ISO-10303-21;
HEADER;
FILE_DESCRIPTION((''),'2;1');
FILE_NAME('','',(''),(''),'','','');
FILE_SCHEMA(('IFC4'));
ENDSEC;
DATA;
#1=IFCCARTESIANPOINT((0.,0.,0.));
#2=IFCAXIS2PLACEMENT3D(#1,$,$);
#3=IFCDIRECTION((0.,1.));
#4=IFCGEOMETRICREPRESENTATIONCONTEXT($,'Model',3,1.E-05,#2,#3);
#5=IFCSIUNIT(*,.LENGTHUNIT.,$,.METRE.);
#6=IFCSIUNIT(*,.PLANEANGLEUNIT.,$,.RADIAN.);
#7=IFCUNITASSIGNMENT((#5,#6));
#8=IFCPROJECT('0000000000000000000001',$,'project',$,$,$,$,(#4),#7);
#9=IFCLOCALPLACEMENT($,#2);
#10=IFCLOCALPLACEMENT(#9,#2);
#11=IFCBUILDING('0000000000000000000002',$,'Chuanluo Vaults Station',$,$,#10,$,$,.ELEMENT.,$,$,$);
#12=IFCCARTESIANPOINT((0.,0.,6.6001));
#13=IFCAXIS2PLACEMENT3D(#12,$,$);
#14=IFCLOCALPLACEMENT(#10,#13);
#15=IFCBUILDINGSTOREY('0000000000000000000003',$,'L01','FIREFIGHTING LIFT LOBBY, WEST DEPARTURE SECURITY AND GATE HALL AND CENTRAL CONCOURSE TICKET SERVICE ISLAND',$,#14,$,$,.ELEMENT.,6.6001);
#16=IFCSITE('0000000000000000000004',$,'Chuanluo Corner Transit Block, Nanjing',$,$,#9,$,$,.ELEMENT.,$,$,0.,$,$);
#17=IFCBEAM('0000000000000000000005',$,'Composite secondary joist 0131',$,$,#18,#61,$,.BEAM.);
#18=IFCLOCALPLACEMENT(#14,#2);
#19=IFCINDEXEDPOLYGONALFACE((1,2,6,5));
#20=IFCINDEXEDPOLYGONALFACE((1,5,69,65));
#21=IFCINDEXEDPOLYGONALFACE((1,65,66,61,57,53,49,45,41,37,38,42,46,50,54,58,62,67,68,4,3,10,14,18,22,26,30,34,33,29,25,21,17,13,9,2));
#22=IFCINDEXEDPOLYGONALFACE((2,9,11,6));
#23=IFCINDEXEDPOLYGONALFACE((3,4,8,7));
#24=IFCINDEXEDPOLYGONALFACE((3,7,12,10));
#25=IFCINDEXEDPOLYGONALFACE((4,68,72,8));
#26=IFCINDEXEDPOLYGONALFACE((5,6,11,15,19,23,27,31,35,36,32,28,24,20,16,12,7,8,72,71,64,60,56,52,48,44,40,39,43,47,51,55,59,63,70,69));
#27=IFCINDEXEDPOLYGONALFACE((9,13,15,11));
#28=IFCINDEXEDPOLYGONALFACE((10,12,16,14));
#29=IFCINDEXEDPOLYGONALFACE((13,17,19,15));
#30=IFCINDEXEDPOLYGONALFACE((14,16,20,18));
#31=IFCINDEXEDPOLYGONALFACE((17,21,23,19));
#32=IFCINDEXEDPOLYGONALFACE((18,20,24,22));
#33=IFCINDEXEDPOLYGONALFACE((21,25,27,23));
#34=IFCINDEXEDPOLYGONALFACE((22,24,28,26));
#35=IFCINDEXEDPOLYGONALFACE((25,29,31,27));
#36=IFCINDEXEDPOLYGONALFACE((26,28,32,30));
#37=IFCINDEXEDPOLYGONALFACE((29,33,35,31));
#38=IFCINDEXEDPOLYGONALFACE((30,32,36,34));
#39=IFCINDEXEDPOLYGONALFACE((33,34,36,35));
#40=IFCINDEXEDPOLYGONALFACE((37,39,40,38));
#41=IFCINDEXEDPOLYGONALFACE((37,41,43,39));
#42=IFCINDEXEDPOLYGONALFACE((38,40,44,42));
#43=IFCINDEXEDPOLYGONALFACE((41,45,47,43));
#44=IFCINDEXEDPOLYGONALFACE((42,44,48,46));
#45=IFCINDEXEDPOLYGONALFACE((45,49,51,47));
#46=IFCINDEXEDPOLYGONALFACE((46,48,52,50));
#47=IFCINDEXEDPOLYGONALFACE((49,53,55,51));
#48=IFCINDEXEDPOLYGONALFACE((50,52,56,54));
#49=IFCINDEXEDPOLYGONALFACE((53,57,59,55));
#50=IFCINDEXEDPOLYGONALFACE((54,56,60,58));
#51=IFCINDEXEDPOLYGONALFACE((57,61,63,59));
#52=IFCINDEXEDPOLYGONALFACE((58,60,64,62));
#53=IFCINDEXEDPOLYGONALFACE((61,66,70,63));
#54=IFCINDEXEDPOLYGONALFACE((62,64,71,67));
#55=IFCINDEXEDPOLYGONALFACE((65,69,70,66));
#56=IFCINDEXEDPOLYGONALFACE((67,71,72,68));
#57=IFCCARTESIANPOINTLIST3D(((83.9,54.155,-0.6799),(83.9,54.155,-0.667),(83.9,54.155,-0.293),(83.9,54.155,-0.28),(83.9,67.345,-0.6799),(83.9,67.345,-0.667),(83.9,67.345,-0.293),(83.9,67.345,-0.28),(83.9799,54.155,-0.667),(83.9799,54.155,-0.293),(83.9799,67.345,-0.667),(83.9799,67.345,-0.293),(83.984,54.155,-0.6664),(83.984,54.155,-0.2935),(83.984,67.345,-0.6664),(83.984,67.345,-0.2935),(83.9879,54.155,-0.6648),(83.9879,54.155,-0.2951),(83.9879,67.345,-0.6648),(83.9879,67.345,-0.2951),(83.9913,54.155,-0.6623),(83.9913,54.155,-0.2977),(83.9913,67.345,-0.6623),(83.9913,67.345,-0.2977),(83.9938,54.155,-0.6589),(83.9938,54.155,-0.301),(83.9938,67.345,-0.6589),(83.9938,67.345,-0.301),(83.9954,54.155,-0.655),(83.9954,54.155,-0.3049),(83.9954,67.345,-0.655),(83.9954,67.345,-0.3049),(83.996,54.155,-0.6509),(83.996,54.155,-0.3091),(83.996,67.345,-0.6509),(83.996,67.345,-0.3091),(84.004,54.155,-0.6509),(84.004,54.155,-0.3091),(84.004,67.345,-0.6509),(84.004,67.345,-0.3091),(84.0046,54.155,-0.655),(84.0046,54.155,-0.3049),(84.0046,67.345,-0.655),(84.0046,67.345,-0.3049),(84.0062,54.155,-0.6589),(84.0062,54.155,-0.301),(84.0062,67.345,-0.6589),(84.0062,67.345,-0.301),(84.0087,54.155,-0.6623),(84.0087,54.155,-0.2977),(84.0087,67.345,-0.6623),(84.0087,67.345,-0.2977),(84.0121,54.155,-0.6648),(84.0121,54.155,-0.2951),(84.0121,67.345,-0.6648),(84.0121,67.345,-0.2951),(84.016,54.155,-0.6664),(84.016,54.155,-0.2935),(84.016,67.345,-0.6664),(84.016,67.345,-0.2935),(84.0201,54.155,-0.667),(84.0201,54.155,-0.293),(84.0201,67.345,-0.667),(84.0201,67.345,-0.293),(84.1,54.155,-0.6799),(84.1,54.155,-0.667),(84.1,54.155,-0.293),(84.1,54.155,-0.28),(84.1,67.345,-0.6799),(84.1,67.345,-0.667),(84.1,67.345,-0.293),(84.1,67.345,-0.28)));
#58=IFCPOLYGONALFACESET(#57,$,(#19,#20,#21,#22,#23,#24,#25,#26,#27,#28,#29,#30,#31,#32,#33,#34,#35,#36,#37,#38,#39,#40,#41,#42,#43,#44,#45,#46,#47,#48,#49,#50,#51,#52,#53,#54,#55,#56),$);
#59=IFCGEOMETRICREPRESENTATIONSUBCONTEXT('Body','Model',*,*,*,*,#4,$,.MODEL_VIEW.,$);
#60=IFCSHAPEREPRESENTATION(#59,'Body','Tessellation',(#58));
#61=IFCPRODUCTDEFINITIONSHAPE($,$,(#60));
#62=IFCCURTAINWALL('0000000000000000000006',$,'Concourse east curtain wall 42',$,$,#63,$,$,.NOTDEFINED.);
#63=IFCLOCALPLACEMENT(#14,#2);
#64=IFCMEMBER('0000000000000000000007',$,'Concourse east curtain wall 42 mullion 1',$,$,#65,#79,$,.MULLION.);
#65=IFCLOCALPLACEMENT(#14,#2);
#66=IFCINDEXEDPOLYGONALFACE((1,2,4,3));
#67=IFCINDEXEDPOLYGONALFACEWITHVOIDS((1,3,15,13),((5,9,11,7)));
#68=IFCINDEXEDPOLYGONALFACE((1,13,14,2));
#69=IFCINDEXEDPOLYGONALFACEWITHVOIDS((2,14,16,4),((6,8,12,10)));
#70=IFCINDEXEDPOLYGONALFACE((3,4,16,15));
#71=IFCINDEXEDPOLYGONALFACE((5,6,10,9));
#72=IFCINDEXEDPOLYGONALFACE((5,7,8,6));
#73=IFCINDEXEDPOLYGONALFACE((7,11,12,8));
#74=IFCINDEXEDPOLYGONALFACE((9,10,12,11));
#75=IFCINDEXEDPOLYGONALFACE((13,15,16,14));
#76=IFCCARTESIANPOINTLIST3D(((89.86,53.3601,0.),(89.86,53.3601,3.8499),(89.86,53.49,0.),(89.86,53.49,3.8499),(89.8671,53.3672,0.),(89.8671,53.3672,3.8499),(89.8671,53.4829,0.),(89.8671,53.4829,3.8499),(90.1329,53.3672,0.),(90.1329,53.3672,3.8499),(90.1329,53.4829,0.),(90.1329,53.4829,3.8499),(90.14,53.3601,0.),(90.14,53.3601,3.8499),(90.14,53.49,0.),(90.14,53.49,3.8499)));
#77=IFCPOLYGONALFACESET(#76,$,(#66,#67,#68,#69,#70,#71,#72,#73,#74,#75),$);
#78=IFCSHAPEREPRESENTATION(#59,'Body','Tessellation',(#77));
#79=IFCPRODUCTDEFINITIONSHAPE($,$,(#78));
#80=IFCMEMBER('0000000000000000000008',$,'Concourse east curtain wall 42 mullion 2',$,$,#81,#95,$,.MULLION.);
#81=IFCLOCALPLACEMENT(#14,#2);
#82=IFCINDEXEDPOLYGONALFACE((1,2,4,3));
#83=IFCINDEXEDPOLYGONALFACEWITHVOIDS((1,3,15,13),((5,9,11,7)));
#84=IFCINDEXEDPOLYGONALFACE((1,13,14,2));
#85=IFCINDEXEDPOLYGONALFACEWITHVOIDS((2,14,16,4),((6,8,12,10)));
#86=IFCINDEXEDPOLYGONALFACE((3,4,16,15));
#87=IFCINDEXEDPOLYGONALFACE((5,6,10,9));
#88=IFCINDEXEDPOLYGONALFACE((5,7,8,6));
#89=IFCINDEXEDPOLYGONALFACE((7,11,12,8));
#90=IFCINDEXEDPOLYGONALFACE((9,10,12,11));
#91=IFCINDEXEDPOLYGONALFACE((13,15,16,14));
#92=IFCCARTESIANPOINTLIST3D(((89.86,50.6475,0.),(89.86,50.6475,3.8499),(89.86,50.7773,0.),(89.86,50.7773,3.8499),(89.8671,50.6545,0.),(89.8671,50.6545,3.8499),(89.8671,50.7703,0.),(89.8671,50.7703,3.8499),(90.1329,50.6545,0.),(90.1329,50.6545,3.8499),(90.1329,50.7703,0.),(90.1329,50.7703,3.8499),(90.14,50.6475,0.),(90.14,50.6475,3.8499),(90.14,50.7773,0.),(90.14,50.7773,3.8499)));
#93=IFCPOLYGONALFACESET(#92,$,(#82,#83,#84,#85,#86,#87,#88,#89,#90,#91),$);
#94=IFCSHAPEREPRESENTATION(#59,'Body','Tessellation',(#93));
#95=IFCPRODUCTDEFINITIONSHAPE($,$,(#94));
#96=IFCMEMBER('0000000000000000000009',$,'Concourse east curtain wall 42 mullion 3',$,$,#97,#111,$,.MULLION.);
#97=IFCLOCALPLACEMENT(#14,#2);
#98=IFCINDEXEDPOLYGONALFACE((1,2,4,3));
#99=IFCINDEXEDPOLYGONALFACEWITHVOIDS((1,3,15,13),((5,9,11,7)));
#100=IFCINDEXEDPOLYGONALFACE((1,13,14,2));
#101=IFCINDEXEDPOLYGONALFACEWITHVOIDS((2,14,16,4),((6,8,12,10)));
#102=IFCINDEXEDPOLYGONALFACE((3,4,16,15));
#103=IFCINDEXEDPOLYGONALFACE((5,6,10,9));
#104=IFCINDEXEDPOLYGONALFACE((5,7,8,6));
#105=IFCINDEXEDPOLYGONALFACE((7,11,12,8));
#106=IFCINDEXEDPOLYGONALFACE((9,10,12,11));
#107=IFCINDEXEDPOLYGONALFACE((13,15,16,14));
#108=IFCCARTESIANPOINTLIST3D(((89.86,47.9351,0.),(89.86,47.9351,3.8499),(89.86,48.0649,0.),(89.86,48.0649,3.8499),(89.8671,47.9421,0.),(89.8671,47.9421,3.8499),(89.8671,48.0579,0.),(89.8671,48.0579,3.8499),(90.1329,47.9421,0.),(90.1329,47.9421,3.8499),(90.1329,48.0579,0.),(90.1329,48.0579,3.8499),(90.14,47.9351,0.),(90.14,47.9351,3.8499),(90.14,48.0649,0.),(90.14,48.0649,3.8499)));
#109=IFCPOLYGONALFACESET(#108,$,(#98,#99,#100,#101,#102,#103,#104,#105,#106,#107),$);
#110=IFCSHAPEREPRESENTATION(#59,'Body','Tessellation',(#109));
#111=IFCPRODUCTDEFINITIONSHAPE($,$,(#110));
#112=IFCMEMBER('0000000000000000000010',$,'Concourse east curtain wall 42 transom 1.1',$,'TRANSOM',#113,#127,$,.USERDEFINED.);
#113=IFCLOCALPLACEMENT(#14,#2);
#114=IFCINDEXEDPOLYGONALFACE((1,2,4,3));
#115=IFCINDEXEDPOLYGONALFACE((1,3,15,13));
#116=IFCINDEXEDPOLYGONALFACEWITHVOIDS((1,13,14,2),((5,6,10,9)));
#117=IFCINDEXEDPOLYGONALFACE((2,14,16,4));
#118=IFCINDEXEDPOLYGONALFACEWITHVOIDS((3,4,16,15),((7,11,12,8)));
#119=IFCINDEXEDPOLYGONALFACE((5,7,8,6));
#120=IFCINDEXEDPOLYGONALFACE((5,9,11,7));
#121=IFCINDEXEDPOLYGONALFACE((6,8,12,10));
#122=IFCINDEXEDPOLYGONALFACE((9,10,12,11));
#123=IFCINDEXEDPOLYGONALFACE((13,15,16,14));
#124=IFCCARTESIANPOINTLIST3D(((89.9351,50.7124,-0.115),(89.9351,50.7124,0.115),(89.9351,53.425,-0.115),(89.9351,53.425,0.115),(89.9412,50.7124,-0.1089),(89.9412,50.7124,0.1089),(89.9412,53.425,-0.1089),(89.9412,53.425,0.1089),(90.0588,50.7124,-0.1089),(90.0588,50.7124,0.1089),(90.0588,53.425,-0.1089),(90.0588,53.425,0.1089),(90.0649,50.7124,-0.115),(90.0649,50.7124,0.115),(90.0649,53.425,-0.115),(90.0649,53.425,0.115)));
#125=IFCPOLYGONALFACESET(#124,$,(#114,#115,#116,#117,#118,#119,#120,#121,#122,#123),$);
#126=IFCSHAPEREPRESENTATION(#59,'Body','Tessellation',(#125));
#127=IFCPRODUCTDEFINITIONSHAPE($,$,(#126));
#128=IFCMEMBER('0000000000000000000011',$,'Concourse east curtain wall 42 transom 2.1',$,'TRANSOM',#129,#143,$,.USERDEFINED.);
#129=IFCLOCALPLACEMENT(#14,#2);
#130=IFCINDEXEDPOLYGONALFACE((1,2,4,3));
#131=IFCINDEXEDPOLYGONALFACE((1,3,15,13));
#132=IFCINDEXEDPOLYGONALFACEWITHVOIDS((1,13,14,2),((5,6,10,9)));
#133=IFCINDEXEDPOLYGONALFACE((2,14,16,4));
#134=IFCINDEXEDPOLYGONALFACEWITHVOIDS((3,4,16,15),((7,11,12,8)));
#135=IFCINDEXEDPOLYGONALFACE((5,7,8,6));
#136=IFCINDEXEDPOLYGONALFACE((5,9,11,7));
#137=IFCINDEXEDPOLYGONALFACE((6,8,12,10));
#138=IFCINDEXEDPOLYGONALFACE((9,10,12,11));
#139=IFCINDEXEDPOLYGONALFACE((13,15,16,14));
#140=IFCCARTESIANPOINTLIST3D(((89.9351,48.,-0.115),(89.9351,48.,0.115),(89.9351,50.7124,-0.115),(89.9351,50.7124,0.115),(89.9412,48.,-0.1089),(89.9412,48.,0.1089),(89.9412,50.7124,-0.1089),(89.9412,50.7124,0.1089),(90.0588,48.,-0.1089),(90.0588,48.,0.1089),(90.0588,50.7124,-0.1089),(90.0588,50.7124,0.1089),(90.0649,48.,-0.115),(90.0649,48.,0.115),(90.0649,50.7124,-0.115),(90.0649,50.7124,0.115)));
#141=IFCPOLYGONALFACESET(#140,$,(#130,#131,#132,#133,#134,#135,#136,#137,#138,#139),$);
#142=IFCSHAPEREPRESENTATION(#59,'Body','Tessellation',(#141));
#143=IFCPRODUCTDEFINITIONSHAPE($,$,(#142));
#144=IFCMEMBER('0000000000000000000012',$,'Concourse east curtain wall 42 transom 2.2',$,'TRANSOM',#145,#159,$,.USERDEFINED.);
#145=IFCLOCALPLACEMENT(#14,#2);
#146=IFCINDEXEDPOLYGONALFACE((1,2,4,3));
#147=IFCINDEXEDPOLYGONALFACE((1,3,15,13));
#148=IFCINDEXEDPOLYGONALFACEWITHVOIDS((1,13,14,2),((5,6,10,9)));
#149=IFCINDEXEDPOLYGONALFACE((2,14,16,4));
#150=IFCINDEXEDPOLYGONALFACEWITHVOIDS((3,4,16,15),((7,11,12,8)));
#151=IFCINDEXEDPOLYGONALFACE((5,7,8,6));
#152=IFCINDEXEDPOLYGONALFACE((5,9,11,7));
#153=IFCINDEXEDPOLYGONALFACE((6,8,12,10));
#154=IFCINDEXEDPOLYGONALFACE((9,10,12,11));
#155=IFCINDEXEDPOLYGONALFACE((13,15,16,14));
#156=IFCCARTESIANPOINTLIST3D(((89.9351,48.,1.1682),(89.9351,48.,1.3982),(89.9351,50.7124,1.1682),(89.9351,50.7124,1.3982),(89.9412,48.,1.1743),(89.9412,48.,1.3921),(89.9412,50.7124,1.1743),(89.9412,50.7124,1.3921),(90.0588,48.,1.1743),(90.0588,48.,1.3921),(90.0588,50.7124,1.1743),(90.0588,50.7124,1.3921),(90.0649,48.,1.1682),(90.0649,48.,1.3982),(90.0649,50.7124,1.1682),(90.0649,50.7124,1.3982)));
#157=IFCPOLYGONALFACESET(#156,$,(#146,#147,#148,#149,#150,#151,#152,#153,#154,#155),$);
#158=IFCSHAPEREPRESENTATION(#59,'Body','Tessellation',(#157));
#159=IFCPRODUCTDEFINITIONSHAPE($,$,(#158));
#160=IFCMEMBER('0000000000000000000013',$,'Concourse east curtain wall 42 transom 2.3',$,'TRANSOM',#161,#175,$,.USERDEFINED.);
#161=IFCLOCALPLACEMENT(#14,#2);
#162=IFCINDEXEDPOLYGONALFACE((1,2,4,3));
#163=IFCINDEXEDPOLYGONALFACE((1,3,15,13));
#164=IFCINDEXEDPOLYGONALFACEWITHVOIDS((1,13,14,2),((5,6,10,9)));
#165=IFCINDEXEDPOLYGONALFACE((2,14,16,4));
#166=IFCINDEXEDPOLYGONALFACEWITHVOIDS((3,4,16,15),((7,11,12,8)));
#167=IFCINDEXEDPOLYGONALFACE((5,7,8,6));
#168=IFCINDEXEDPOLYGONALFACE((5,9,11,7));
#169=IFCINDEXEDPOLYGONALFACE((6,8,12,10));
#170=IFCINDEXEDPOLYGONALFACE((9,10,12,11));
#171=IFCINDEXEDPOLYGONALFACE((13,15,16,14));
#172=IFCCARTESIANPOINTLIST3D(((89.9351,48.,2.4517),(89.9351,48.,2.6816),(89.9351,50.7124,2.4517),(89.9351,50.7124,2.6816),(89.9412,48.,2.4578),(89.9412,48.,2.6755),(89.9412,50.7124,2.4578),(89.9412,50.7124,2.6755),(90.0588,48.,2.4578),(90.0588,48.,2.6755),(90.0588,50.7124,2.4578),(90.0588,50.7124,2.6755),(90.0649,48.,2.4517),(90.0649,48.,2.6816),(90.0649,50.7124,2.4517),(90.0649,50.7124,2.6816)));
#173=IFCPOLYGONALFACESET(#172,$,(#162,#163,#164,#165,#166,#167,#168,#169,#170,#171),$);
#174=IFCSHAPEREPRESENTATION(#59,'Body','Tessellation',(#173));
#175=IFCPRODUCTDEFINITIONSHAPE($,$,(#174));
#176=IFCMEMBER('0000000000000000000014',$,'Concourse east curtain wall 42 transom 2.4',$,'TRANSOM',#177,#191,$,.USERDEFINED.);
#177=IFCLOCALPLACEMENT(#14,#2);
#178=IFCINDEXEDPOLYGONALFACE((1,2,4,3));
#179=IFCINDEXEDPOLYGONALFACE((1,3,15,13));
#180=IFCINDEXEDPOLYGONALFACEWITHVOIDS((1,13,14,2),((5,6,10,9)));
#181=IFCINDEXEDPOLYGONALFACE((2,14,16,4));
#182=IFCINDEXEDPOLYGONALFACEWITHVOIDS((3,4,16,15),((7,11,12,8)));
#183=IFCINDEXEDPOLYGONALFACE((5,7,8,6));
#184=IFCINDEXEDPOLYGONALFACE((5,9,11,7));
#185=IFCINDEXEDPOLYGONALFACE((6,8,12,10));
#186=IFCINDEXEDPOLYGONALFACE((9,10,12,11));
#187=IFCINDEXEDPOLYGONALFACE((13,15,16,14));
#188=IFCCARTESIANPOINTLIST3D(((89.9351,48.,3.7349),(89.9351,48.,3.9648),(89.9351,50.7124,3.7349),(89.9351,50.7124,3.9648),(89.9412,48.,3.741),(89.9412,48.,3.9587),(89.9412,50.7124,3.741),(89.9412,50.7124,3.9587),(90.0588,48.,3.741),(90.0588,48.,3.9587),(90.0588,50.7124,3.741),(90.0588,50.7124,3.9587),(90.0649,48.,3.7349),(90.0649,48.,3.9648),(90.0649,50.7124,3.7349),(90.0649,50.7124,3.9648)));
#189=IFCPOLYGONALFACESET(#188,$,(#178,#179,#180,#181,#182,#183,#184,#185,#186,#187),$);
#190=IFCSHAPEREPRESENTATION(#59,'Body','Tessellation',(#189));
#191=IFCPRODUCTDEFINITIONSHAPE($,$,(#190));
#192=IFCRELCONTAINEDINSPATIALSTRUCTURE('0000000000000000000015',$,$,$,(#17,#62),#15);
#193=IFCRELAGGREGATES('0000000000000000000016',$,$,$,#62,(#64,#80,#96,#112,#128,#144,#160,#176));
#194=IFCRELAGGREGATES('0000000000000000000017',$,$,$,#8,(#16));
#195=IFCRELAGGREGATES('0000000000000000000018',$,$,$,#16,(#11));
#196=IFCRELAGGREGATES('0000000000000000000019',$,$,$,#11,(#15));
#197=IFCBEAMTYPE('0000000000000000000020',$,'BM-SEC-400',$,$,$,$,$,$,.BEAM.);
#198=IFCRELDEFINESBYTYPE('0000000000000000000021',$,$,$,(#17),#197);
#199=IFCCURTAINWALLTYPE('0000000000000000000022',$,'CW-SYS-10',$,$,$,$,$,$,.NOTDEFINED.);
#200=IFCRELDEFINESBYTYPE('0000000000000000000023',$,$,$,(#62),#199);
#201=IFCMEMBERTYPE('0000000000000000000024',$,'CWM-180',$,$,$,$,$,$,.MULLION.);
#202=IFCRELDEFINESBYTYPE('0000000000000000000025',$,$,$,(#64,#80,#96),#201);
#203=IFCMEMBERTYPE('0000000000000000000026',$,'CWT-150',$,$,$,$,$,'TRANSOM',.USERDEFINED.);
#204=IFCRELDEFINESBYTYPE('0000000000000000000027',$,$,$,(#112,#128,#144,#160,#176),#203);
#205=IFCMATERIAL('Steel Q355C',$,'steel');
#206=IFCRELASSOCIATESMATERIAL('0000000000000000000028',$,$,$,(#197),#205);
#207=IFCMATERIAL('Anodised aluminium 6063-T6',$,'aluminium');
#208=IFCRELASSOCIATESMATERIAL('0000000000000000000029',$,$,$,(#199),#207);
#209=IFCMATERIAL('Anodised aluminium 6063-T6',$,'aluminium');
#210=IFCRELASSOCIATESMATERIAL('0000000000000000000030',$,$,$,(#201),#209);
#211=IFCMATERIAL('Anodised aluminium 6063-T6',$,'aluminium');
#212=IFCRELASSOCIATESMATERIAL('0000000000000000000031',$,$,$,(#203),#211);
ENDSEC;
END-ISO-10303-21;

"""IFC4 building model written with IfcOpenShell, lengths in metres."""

from ifc_helpers import new_model, si_unit, direction, frame, origin, origin_2d, place, context, subcontext, project, spatial, hollow_rectangle, i_section, extrude, material, material_profile, profile_set, type_object, element, aggregate, save


model = new_model("IFC4")

# Units and contexts
model_context = context("Model", 3, precision=1e-05, world=origin(), true_north=direction((0.0, 1.0)))
body_context = subcontext(model_context, "Body", "Model", "MODEL_VIEW")
ifc_project = project(units=[si_unit("LENGTHUNIT", "METRE"), si_unit("PLANEANGLEUNIT", "RADIAN")], contexts=[model_context])

# Site, building, storey
site_placement = place(None, origin())
site = spatial("IfcSite", under=ifc_project, at=site_placement, Name="Chuanluo Corner Transit Block, Nanjing", CompositionType="ELEMENT", RefElevation=0.0)
building_placement = place(site_placement, origin())
building = spatial("IfcBuilding", under=site, at=building_placement, Name="Chuanluo Vaults Station", CompositionType="ELEMENT")
storey_placement = place(building_placement, frame((0.0, 0.0, 6.6001)))
storey = spatial("IfcBuildingStorey", under=building, at=storey_placement, Name="L01", Description="FIREFIGHTING LIFT LOBBY, WEST DEPARTURE SECURITY AND GATE HALL AND CENTRAL CONCOURSE TICKET SERVICE ISLAND", CompositionType="ELEMENT", Elevation=6.6001)

# Beam
ifc_material_1 = material(Name="Steel Q355C", Category="steel")
ifc_material_profile_1 = material_profile(ifc_material_1, i_section(OverallWidth=0.2, OverallDepth=0.3999, WebThickness=0.0081, FlangeThickness=0.0129, FilletRadius=0.0161, at=origin_2d()))
ifc_profile_set_1 = profile_set([ifc_material_profile_1], Name="Steel Q355C")
beam_type = type_object("IfcBeamType", Name="BM-SEC-400", PredefinedType="BEAM", material=ifc_profile_set_1)
beam_placement = place(storey_placement, frame((84.0, 54.155, -0.48), z_axis=(0.0, 1.0, 0.0), x_axis=(-1.0, 0.0, 0.0)))
element("IfcBeam", 1, at=beam_placement, inside=storey, type_object=beam_type, Name="Composite secondary joist 0131", PredefinedType="BEAM", context=body_context, shape_type="SweptSolid", body=[
    extrude(i_section(OverallWidth=0.2, OverallDepth=0.3999, WebThickness=0.0081, FlangeThickness=0.0129, FilletRadius=0.0161, at=origin_2d()), origin(), (0.0, 0.0, 1.0), 13.1899),
])

# Curtain wall, members
ifc_material_2 = material(Name="Anodised aluminium 6063-T6", Category="aluminium")
curtain_wall_type = type_object("IfcCurtainWallType", Name="CW-SYS-10", PredefinedType="NOTDEFINED", material=ifc_material_2)
curtain_wall_placement = place(storey_placement, origin())
curtain_wall = element("IfcCurtainWall", 2, at=curtain_wall_placement, inside=storey, type_object=curtain_wall_type, Name="Concourse east curtain wall 42", PredefinedType="NOTDEFINED")
ifc_material_3 = material(Name="Anodised aluminium 6063-T6", Category="aluminium")
ifc_material_profile_2 = material_profile(ifc_material_3, hollow_rectangle(XDim=0.1299, YDim=0.28, WallThickness=0.0071, at=origin_2d()))
ifc_profile_set_2 = profile_set([ifc_material_profile_2], Name="Anodised aluminium 6063-T6")
member_type_1 = type_object("IfcMemberType", Name="CWM-180", PredefinedType="MULLION", material=ifc_profile_set_2)
member_1_placement = place(storey_placement, frame((90.0, 53.425, 0.0), z_axis=(0.0, 0.0, 1.0), x_axis=(0.0, -1.0, 0.0)))
member_1 = element("IfcMember", 3, at=member_1_placement, type_object=member_type_1, Name="Concourse east curtain wall 42 mullion 1", PredefinedType="MULLION", context=body_context, shape_type="SweptSolid", body=[
    extrude(hollow_rectangle(XDim=0.1299, YDim=0.28, WallThickness=0.0071, at=origin_2d()), origin(), (0.0, 0.0, 1.0), 3.8499),
])
member_2_placement = place(storey_placement, frame((90.0, 50.7124, 0.0), z_axis=(0.0, 0.0, 1.0), x_axis=(0.0, -1.0, 0.0)))
member_2 = element("IfcMember", 4, at=member_2_placement, type_object=member_type_1, Name="Concourse east curtain wall 42 mullion 2", PredefinedType="MULLION", context=body_context, shape_type="SweptSolid", body=[
    extrude(hollow_rectangle(XDim=0.1299, YDim=0.28, WallThickness=0.0071, at=origin_2d()), origin(), (0.0, 0.0, 1.0), 3.8499),
])
member_3_placement = place(storey_placement, frame((90.0, 48.0, 0.0), z_axis=(0.0, 0.0, 1.0), x_axis=(0.0, -1.0, 0.0)))
member_3 = element("IfcMember", 5, at=member_3_placement, type_object=member_type_1, Name="Concourse east curtain wall 42 mullion 3", PredefinedType="MULLION", context=body_context, shape_type="SweptSolid", body=[
    extrude(hollow_rectangle(XDim=0.1299, YDim=0.28, WallThickness=0.0071, at=origin_2d()), origin(), (0.0, 0.0, 1.0), 3.8499),
])
ifc_material_4 = material(Name="Anodised aluminium 6063-T6", Category="aluminium")
ifc_material_profile_3 = material_profile(ifc_material_4, hollow_rectangle(XDim=0.1299, YDim=0.23, WallThickness=0.0061, at=origin_2d()))
ifc_profile_set_3 = profile_set([ifc_material_profile_3], Name="Anodised aluminium 6063-T6")
member_type_2 = type_object("IfcMemberType", Name="CWT-150", ElementType="TRANSOM", PredefinedType="USERDEFINED", material=ifc_profile_set_3)
member_4_placement = place(storey_placement, frame((90.0, 53.425, 0.0), z_axis=(0.0, -1.0, 0.0), x_axis=(1.0, 0.0, 0.0)))
member_4 = element("IfcMember", 6, at=member_4_placement, type_object=member_type_2, Name="Concourse east curtain wall 42 transom 1.1", ObjectType="TRANSOM", PredefinedType="USERDEFINED", context=body_context, shape_type="SweptSolid", body=[
    extrude(hollow_rectangle(XDim=0.1299, YDim=0.23, WallThickness=0.0061, at=origin_2d()), origin(), (0.0, 0.0, 1.0), 2.7126),
])
member_5_placement = place(storey_placement, frame((90.0, 50.7124, 0.0), z_axis=(0.0, -1.0, 0.0), x_axis=(1.0, 0.0, 0.0)))
member_5 = element("IfcMember", 7, at=member_5_placement, type_object=member_type_2, Name="Concourse east curtain wall 42 transom 2.1", ObjectType="TRANSOM", PredefinedType="USERDEFINED", context=body_context, shape_type="SweptSolid", body=[
    extrude(hollow_rectangle(XDim=0.1299, YDim=0.23, WallThickness=0.0061, at=origin_2d()), origin(), (0.0, 0.0, 1.0), 2.7124),
])
member_6_placement = place(storey_placement, frame((90.0, 50.7124, 1.2832), z_axis=(0.0, -1.0, 0.0), x_axis=(1.0, 0.0, 0.0)))
member_6 = element("IfcMember", 8, at=member_6_placement, type_object=member_type_2, Name="Concourse east curtain wall 42 transom 2.2", ObjectType="TRANSOM", PredefinedType="USERDEFINED", context=body_context, shape_type="SweptSolid", body=[
    extrude(hollow_rectangle(XDim=0.1299, YDim=0.23, WallThickness=0.0061, at=origin_2d()), origin(), (0.0, 0.0, 1.0), 2.7124),
])
member_7_placement = place(storey_placement, frame((90.0, 50.7124, 2.5667), z_axis=(0.0, -1.0, 0.0), x_axis=(1.0, 0.0, 0.0)))
member_7 = element("IfcMember", 9, at=member_7_placement, type_object=member_type_2, Name="Concourse east curtain wall 42 transom 2.3", ObjectType="TRANSOM", PredefinedType="USERDEFINED", context=body_context, shape_type="SweptSolid", body=[
    extrude(hollow_rectangle(XDim=0.1299, YDim=0.23, WallThickness=0.0061, at=origin_2d()), origin(), (0.0, 0.0, 1.0), 2.7124),
])
member_8_placement = place(storey_placement, frame((90.0, 50.7124, 3.8499), z_axis=(0.0, -1.0, 0.0), x_axis=(1.0, 0.0, 0.0)))
member_8 = element("IfcMember", 10, at=member_8_placement, type_object=member_type_2, Name="Concourse east curtain wall 42 transom 2.4", ObjectType="TRANSOM", PredefinedType="USERDEFINED", context=body_context, shape_type="SweptSolid", body=[
    extrude(hollow_rectangle(XDim=0.1299, YDim=0.23, WallThickness=0.0061, at=origin_2d()), origin(), (0.0, 0.0, 1.0), 2.7124),
])
aggregate(curtain_wall, [member_1, member_2, member_3, member_4, member_5, member_6, member_7, member_8])

save(model, "model.ifc")
